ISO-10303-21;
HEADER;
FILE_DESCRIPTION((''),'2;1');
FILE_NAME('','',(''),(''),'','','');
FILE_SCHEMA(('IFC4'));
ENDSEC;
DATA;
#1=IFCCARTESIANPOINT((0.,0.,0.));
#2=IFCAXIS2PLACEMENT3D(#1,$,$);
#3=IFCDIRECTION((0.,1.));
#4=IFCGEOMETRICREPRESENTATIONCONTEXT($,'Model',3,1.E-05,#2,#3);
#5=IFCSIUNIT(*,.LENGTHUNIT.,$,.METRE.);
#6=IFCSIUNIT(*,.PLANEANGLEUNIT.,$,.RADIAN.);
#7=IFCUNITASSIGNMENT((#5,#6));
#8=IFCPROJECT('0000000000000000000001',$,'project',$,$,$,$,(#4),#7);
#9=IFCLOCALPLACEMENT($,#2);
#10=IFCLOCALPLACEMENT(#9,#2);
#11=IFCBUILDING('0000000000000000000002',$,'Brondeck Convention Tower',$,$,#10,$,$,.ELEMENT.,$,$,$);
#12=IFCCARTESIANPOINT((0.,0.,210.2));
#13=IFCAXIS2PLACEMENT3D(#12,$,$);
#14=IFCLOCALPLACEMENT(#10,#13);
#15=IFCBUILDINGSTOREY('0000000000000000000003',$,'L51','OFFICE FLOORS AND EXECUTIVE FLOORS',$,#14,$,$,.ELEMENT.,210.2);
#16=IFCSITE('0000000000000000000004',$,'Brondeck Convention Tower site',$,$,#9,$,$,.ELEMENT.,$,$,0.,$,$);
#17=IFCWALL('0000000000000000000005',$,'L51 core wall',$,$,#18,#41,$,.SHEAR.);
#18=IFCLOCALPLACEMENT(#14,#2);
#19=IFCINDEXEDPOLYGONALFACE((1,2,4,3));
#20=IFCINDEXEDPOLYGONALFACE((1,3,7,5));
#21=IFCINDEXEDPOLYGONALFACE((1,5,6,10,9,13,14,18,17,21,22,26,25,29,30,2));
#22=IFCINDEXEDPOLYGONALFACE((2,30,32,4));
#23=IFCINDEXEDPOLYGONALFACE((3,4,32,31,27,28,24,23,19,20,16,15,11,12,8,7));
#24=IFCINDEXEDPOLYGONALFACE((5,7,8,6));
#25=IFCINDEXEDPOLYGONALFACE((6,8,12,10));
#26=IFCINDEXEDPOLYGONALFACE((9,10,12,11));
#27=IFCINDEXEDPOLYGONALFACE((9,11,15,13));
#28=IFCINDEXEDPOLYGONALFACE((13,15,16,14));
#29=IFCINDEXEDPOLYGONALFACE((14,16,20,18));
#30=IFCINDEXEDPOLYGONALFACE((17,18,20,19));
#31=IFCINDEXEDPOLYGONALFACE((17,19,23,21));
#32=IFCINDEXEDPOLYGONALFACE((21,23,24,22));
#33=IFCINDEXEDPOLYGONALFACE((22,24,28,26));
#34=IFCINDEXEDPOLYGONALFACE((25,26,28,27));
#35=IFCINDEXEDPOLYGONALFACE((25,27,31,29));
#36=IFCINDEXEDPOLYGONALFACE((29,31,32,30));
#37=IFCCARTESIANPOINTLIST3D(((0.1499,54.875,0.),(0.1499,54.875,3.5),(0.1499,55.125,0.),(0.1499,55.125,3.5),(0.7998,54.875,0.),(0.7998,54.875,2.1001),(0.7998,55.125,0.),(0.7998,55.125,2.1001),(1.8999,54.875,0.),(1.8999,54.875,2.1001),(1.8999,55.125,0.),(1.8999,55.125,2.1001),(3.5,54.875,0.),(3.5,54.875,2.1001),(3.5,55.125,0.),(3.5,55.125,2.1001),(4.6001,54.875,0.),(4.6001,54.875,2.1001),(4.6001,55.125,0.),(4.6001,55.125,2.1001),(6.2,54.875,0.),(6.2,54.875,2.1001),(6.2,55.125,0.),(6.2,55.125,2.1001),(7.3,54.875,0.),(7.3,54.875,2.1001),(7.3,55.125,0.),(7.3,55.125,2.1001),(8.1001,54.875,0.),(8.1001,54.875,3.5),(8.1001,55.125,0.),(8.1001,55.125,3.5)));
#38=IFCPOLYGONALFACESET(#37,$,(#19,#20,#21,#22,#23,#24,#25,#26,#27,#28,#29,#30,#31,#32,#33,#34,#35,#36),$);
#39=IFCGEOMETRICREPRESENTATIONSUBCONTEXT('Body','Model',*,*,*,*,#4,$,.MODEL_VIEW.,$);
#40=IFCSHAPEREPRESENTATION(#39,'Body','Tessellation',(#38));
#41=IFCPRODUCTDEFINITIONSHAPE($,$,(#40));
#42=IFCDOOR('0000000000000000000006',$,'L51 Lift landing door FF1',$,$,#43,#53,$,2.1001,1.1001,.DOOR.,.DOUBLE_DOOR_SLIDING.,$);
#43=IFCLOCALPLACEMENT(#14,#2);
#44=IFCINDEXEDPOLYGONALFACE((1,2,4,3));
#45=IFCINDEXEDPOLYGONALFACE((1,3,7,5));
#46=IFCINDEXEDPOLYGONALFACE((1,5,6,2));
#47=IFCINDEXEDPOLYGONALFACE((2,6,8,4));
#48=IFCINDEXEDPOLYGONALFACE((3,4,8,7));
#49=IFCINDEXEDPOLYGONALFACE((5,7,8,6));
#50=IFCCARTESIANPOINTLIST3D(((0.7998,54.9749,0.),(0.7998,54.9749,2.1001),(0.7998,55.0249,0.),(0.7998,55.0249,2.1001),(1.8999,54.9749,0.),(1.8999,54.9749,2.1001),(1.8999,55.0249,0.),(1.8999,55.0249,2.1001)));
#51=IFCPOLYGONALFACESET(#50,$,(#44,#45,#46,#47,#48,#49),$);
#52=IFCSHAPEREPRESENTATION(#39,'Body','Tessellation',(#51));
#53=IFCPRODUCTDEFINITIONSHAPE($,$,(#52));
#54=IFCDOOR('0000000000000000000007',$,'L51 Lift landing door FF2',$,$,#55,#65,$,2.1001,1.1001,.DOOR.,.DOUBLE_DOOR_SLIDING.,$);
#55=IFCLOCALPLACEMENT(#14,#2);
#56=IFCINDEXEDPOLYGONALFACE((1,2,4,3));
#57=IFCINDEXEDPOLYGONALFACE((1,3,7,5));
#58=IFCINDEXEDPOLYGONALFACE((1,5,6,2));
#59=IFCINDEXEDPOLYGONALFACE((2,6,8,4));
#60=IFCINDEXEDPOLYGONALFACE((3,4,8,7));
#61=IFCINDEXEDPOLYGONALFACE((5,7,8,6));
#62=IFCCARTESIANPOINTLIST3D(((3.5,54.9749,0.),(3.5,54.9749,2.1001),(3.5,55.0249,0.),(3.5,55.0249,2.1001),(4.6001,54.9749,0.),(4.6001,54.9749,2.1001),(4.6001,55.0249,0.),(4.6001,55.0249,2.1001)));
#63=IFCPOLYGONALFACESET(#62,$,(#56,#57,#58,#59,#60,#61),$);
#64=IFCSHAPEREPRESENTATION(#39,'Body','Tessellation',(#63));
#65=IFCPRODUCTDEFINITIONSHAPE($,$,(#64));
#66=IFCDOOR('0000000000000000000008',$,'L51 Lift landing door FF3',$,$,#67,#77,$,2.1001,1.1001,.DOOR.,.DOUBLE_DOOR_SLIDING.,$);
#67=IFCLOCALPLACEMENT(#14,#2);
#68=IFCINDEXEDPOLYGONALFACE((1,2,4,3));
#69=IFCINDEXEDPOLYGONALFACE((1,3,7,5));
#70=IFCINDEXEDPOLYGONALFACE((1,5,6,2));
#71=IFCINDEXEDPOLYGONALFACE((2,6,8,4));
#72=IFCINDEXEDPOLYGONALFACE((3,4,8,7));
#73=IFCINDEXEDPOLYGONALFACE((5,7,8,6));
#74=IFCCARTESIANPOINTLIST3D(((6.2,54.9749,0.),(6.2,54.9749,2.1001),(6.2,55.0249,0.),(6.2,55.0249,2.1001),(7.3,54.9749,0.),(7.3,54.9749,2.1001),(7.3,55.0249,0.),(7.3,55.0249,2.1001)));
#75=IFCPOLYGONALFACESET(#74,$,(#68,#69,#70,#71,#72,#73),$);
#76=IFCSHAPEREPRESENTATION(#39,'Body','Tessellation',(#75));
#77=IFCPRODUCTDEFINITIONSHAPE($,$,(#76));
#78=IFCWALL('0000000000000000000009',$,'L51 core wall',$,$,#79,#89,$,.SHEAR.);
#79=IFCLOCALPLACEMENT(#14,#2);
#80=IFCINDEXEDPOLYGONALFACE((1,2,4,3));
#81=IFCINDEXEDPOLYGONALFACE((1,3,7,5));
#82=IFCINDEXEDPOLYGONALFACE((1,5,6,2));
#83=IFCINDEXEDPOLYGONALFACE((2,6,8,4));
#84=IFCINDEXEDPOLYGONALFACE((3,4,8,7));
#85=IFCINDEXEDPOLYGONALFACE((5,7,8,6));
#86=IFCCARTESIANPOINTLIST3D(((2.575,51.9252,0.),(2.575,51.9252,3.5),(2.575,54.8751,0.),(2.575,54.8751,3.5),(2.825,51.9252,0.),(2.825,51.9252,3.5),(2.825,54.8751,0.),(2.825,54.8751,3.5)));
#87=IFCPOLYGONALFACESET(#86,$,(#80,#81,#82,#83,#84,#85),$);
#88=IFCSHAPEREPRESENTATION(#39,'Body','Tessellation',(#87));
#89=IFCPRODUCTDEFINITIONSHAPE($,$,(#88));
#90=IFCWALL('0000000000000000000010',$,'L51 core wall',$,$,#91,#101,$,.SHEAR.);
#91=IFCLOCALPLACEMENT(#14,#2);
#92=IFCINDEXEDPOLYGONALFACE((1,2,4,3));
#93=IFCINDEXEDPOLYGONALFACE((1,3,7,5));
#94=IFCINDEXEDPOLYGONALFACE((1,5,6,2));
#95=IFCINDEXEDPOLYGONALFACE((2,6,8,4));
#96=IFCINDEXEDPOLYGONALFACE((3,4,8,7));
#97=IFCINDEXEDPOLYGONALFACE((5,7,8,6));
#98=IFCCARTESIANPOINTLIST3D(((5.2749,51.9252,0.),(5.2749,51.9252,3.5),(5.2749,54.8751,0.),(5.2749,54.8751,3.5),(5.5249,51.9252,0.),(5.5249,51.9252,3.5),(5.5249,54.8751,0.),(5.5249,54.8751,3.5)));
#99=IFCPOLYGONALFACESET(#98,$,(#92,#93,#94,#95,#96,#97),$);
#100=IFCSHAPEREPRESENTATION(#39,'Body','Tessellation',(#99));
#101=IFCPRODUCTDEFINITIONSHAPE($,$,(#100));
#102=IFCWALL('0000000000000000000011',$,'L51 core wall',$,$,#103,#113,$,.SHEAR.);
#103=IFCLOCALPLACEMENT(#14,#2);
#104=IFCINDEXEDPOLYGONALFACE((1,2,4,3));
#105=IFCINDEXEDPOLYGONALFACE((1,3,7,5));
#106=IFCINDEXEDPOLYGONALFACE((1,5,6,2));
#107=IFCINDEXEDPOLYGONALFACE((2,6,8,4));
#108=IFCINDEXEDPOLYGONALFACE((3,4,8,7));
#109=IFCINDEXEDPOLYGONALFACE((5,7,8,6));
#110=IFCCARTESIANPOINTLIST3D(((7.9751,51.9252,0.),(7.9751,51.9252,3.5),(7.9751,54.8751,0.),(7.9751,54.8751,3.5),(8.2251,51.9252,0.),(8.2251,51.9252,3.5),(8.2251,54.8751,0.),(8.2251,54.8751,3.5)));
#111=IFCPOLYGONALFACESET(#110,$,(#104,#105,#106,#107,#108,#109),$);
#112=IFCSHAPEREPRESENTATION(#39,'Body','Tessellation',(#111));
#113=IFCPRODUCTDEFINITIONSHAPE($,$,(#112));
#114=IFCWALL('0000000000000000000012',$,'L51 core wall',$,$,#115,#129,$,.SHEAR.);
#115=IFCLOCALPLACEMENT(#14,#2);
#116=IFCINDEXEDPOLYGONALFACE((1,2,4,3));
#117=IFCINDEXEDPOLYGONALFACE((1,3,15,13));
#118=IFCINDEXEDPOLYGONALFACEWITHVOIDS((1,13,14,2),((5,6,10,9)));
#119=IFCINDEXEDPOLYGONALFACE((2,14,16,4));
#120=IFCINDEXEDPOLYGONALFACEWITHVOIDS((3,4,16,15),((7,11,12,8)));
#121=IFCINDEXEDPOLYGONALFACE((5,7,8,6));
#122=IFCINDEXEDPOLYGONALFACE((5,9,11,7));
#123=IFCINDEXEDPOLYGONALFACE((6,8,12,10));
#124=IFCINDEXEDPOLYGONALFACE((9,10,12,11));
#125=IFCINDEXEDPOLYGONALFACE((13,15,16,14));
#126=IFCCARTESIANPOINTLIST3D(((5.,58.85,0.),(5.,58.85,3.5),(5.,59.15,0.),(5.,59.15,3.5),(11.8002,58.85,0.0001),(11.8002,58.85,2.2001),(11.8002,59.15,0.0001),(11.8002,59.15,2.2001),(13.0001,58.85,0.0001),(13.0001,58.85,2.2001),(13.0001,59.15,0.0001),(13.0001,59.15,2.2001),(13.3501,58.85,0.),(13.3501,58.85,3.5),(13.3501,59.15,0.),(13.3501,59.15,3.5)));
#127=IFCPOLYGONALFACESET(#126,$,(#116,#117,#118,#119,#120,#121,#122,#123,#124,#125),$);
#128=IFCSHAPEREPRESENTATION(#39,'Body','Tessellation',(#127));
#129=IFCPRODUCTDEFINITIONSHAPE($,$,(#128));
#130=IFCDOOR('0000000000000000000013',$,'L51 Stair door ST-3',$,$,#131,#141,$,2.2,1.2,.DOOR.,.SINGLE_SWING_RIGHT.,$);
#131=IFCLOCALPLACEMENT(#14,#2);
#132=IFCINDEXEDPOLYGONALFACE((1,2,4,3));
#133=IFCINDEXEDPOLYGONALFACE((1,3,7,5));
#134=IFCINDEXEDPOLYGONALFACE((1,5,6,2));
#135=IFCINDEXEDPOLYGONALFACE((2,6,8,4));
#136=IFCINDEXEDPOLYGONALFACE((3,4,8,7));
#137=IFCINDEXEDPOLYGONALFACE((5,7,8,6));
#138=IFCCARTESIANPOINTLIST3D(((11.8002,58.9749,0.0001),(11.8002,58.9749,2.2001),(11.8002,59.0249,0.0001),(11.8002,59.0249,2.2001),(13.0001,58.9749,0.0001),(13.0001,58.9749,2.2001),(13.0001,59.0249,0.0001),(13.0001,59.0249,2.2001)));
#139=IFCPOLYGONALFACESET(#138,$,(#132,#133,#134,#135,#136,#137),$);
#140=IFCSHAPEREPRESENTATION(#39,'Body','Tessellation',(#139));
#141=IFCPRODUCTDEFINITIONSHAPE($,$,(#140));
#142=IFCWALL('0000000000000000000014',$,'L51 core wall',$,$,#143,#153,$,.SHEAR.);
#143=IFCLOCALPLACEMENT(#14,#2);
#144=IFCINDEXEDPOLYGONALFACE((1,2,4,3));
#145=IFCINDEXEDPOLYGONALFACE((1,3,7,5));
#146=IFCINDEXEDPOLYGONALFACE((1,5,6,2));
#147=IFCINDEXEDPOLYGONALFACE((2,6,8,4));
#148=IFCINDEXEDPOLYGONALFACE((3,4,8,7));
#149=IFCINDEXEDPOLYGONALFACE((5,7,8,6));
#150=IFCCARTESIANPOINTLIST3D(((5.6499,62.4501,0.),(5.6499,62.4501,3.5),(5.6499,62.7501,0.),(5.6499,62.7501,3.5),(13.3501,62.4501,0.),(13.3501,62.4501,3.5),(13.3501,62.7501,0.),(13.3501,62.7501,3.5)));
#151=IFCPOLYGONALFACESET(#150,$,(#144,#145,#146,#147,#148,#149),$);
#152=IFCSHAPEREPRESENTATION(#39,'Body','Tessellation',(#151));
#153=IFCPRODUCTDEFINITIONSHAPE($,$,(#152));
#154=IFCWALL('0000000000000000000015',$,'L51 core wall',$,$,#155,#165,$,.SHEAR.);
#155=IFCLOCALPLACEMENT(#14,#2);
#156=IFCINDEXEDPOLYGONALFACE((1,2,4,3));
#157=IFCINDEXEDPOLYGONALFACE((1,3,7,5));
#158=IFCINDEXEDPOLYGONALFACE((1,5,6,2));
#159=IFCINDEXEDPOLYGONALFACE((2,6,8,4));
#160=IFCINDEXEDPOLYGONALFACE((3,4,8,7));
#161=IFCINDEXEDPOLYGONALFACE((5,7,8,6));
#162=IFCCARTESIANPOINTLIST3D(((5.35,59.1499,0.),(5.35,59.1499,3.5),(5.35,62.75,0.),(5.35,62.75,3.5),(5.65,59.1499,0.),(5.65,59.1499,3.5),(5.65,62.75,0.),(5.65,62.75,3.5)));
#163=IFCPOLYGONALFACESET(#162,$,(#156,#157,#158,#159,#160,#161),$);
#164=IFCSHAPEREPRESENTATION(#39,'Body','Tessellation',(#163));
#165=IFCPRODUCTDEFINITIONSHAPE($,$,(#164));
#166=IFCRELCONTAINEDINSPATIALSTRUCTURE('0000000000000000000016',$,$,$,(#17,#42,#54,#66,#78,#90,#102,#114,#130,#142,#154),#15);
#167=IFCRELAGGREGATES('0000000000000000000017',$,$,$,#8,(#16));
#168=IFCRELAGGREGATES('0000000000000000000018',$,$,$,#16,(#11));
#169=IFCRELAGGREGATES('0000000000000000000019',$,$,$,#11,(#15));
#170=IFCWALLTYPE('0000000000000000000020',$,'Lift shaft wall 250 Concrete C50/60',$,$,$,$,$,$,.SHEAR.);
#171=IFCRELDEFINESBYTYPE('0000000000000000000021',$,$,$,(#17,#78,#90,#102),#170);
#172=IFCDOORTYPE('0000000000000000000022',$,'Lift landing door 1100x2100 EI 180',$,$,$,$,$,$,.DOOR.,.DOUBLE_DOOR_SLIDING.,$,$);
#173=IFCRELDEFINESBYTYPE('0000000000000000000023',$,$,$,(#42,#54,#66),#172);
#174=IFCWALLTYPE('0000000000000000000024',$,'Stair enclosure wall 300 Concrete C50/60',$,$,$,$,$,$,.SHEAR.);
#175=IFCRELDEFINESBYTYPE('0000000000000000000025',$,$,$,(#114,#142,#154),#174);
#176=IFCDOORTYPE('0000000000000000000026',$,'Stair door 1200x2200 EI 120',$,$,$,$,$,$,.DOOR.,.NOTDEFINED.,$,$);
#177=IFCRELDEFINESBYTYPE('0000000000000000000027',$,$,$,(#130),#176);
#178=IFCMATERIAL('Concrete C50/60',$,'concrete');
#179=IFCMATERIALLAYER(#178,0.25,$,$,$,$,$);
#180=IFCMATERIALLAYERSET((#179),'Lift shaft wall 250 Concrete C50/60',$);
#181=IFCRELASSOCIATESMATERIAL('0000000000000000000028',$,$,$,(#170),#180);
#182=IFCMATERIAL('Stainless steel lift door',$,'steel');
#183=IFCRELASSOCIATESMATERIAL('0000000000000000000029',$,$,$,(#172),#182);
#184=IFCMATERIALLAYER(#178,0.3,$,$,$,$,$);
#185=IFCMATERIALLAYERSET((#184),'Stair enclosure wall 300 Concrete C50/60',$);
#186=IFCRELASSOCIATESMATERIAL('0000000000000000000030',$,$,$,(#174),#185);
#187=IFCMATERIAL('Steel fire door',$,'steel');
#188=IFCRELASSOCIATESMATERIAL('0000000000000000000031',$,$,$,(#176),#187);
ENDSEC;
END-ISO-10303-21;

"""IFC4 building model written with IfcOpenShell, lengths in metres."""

from ifc_helpers import new_model, si_unit, direction, frame, frame_2d, origin, place, context, subcontext, project, spatial, rectangle, extrude, material, layer, layer_set, type_object, element, fill, save


model = new_model("IFC4")

# Units and contexts
model_context = context("Model", 3, precision=1e-05, world=origin(), true_north=direction((0.0, 1.0)))
body_context = subcontext(model_context, "Body", "Model", "MODEL_VIEW")
ifc_project = project(units=[si_unit("LENGTHUNIT", "METRE"), si_unit("PLANEANGLEUNIT", "RADIAN")], contexts=[model_context])

# Site, building, storey
site_placement = place(None, origin())
site = spatial("IfcSite", under=ifc_project, at=site_placement, Name="Brondeck Convention Tower site", CompositionType="ELEMENT", RefElevation=0.0)
building_placement = place(site_placement, origin())
building = spatial("IfcBuilding", under=site, at=building_placement, Name="Brondeck Convention Tower", CompositionType="ELEMENT")
storey_placement = place(building_placement, frame((0.0, 0.0, 210.2)))
storey = spatial("IfcBuildingStorey", under=building, at=storey_placement, Name="L51", Description="OFFICE FLOORS AND EXECUTIVE FLOORS", CompositionType="ELEMENT", Elevation=210.2)

# Shared definitions
ifc_material_1 = material(Name="Concrete C50/60", Category="concrete")

# Shared definitions
ifc_material_2 = material(Name="Steel fire door", Category="steel")

# Wall, openings, doors
ifc_layer_1 = layer(ifc_material_1, 0.25)
ifc_layer_set_1 = layer_set([ifc_layer_1], Name="Lift shaft wall 250 Concrete C50/60")
wall_type_1 = type_object("IfcWallType", Name="Lift shaft wall 250 Concrete C50/60", PredefinedType="SHEAR", material=ifc_layer_set_1)
wall_1_placement = place(storey_placement, frame((0.1499, 55.0, 0.0), z_axis=(0.0, 0.0, 1.0), x_axis=(1.0, 0.0, 0.0)))
wall_1 = element("IfcWall", 1, at=wall_1_placement, inside=storey, type_object=wall_type_1, Name="L51 core wall", PredefinedType="SHEAR", context=body_context, shape_type="SweptSolid", body=[
    extrude(rectangle(XDim=7.9502, YDim=0.25, at=frame_2d((3.9751, 0.0))), origin(), (0.0, 0.0, 1.0), 3.5),
])
opening_1_placement = place(wall_1_placement, frame((0.6499, 0.0, 0.0)))
opening_1 = element("IfcOpeningElement", 2, at=opening_1_placement, cuts=wall_1, PredefinedType="OPENING", context=body_context, shape_type="SweptSolid", body=[
    extrude(rectangle(XDim=1.1001, YDim=2.1001, at=frame_2d((0.55, 1.05))), frame((0.0, 0.135, 0.0), z_axis=(0.0, -1.0, 0.0), x_axis=(1.0, 0.0, 0.0)), (0.0, 0.0, 1.0), 0.27),
])
opening_2_placement = place(wall_1_placement, frame((3.3501, 0.0, 0.0)))
opening_2 = element("IfcOpeningElement", 3, at=opening_2_placement, cuts=wall_1, PredefinedType="OPENING", context=body_context, shape_type="SweptSolid", body=[
    extrude(rectangle(XDim=1.1001, YDim=2.1001, at=frame_2d((0.55, 1.05))), frame((0.0, 0.135, 0.0), z_axis=(0.0, -1.0, 0.0), x_axis=(1.0, 0.0, 0.0)), (0.0, 0.0, 1.0), 0.27),
])
opening_3_placement = place(wall_1_placement, frame((6.05, 0.0, 0.0)))
opening_3 = element("IfcOpeningElement", 4, at=opening_3_placement, cuts=wall_1, PredefinedType="OPENING", context=body_context, shape_type="SweptSolid", body=[
    extrude(rectangle(XDim=1.1001, YDim=2.1001, at=frame_2d((0.55, 1.05))), frame((0.0, 0.135, 0.0), z_axis=(0.0, -1.0, 0.0), x_axis=(1.0, 0.0, 0.0)), (0.0, 0.0, 1.0), 0.27),
])
ifc_material_3 = material(Name="Stainless steel lift door", Category="steel")
door_type_1 = type_object("IfcDoorType", Name="Lift landing door 1100x2100 EI 180", OperationType="DOUBLE_DOOR_SLIDING", PredefinedType="DOOR", material=ifc_material_3)
door_1_placement = place(opening_1_placement, origin())
door_1 = element("IfcDoor", 5, at=door_1_placement, inside=storey, type_object=door_type_1, Name="L51 Lift landing door FF1", OperationType="DOUBLE_DOOR_SLIDING", OverallHeight=2.1001, OverallWidth=1.1001, PredefinedType="DOOR", context=body_context, shape_type="SweptSolid", body=[
    extrude(rectangle(XDim=1.1001, YDim=2.1001, at=frame_2d((0.55, 1.05))), frame((0.0, 0.0249, 0.0), z_axis=(0.0, -1.0, 0.0), x_axis=(1.0, 0.0, 0.0)), (0.0, 0.0, 1.0), 0.05),
])
fill(opening_1, door_1)
door_2_placement = place(opening_2_placement, origin())
door_2 = element("IfcDoor", 6, at=door_2_placement, inside=storey, type_object=door_type_1, Name="L51 Lift landing door FF2", OperationType="DOUBLE_DOOR_SLIDING", OverallHeight=2.1001, OverallWidth=1.1001, PredefinedType="DOOR", context=body_context, shape_type="SweptSolid", body=[
    extrude(rectangle(XDim=1.1001, YDim=2.1001, at=frame_2d((0.55, 1.05))), frame((0.0, 0.0249, 0.0), z_axis=(0.0, -1.0, 0.0), x_axis=(1.0, 0.0, 0.0)), (0.0, 0.0, 1.0), 0.05),
])
fill(opening_2, door_2)
door_3_placement = place(opening_3_placement, origin())
door_3 = element("IfcDoor", 7, at=door_3_placement, inside=storey, type_object=door_type_1, Name="L51 Lift landing door FF3", OperationType="DOUBLE_DOOR_SLIDING", OverallHeight=2.1001, OverallWidth=1.1001, PredefinedType="DOOR", context=body_context, shape_type="SweptSolid", body=[
    extrude(rectangle(XDim=1.1001, YDim=2.1001, at=frame_2d((0.55, 1.05))), frame((0.0, 0.0249, 0.0), z_axis=(0.0, -1.0, 0.0), x_axis=(1.0, 0.0, 0.0)), (0.0, 0.0, 1.0), 0.05),
])
fill(opening_3, door_3)

# Walls
for number, where, z_axis, x_axis, name in (
    (8, (2.7, 51.925, 0.0), (0.0, 0.0, 1.0), (0.0, 1.0, 0.0), "L51 core wall"),
    (9, (5.3999, 51.925, 0.0), (0.0, 0.0, 1.0), (0.0, 1.0, 0.0), "L51 core wall"),
    (10, (8.1001, 51.925, 0.0), (0.0, 0.0, 1.0), (0.0, 1.0, 0.0), "L51 core wall"),
):
    element("IfcWall", number, at=place(storey_placement, frame(where, z_axis=z_axis, x_axis=x_axis)), inside=storey, type_object=wall_type_1, Name=name, PredefinedType="SHEAR", context=body_context, shape_type="SweptSolid", body=[
        extrude(rectangle(XDim=2.95, YDim=0.25, at=frame_2d((1.4751, 0.0))), origin(), (0.0, 0.0, 1.0), 3.5),
    ])

# Wall, opening, door
ifc_layer_2 = layer(ifc_material_1, 0.3)
ifc_layer_set_2 = layer_set([ifc_layer_2], Name="Stair enclosure wall 300 Concrete C50/60")
wall_type_2 = type_object("IfcWallType", Name="Stair enclosure wall 300 Concrete C50/60", PredefinedType="SHEAR", material=ifc_layer_set_2)
wall_2_placement = place(storey_placement, frame((5.0, 59.0, 0.0), z_axis=(0.0, 0.0, 1.0), x_axis=(1.0, 0.0, 0.0)))
wall_2 = element("IfcWall", 11, at=wall_2_placement, inside=storey, type_object=wall_type_2, Name="L51 core wall", PredefinedType="SHEAR", context=body_context, shape_type="SweptSolid", body=[
    extrude(rectangle(XDim=8.3501, YDim=0.3, at=frame_2d((4.175, 0.0))), origin(), (0.0, 0.0, 1.0), 3.5),
])
opening_4_placement = place(wall_2_placement, frame((6.8, 0.0, 0.0)))
opening_4 = element("IfcOpeningElement", 12, at=opening_4_placement, cuts=wall_2, PredefinedType="OPENING", context=body_context, shape_type="SweptSolid", body=[
    extrude(rectangle(XDim=1.2, YDim=2.2, at=frame_2d((0.6001, 1.1001))), frame((0.0, 0.1599, 0.0), z_axis=(0.0, -1.0, 0.0), x_axis=(1.0, 0.0, 0.0)), (0.0, 0.0, 1.0), 0.3201),
])
door_type_2 = type_object("IfcDoorType", Name="Stair door 1200x2200 EI 120", OperationType="NOTDEFINED", PredefinedType="DOOR", material=ifc_material_2)
door_4_placement = place(opening_4_placement, origin())
door_4 = element("IfcDoor", 13, at=door_4_placement, inside=storey, type_object=door_type_2, Name="L51 Stair door ST-3", OperationType="SINGLE_SWING_RIGHT", OverallHeight=2.2, OverallWidth=1.2, PredefinedType="DOOR", context=body_context, shape_type="SweptSolid", body=[
    extrude(rectangle(XDim=1.2, YDim=2.2, at=frame_2d((0.6001, 1.1001))), frame((0.0, 0.0249, 0.0), z_axis=(0.0, -1.0, 0.0), x_axis=(1.0, 0.0, 0.0)), (0.0, 0.0, 1.0), 0.05),
])
fill(opening_4, door_4)

# Walls
wall_3_placement = place(storey_placement, frame((5.6499, 62.6001, 0.0), z_axis=(0.0, 0.0, 1.0), x_axis=(1.0, 0.0, 0.0)))
element("IfcWall", 14, at=wall_3_placement, inside=storey, type_object=wall_type_2, Name="L51 core wall", PredefinedType="SHEAR", context=body_context, shape_type="SweptSolid", body=[
    extrude(rectangle(XDim=7.7002, YDim=0.3, at=frame_2d((3.8501, 0.0))), origin(), (0.0, 0.0, 1.0), 3.5),
])
wall_4_placement = place(storey_placement, frame((5.5, 59.1499, 0.0), z_axis=(0.0, 0.0, 1.0), x_axis=(0.0, 1.0, 0.0)))
element("IfcWall", 15, at=wall_4_placement, inside=storey, type_object=wall_type_2, Name="L51 core wall", PredefinedType="SHEAR", context=body_context, shape_type="SweptSolid", body=[
    extrude(rectangle(XDim=3.6001, YDim=0.3, at=frame_2d((1.8, 0.0))), origin(), (0.0, 0.0, 1.0), 3.5),
])

save(model, "model.ifc")
